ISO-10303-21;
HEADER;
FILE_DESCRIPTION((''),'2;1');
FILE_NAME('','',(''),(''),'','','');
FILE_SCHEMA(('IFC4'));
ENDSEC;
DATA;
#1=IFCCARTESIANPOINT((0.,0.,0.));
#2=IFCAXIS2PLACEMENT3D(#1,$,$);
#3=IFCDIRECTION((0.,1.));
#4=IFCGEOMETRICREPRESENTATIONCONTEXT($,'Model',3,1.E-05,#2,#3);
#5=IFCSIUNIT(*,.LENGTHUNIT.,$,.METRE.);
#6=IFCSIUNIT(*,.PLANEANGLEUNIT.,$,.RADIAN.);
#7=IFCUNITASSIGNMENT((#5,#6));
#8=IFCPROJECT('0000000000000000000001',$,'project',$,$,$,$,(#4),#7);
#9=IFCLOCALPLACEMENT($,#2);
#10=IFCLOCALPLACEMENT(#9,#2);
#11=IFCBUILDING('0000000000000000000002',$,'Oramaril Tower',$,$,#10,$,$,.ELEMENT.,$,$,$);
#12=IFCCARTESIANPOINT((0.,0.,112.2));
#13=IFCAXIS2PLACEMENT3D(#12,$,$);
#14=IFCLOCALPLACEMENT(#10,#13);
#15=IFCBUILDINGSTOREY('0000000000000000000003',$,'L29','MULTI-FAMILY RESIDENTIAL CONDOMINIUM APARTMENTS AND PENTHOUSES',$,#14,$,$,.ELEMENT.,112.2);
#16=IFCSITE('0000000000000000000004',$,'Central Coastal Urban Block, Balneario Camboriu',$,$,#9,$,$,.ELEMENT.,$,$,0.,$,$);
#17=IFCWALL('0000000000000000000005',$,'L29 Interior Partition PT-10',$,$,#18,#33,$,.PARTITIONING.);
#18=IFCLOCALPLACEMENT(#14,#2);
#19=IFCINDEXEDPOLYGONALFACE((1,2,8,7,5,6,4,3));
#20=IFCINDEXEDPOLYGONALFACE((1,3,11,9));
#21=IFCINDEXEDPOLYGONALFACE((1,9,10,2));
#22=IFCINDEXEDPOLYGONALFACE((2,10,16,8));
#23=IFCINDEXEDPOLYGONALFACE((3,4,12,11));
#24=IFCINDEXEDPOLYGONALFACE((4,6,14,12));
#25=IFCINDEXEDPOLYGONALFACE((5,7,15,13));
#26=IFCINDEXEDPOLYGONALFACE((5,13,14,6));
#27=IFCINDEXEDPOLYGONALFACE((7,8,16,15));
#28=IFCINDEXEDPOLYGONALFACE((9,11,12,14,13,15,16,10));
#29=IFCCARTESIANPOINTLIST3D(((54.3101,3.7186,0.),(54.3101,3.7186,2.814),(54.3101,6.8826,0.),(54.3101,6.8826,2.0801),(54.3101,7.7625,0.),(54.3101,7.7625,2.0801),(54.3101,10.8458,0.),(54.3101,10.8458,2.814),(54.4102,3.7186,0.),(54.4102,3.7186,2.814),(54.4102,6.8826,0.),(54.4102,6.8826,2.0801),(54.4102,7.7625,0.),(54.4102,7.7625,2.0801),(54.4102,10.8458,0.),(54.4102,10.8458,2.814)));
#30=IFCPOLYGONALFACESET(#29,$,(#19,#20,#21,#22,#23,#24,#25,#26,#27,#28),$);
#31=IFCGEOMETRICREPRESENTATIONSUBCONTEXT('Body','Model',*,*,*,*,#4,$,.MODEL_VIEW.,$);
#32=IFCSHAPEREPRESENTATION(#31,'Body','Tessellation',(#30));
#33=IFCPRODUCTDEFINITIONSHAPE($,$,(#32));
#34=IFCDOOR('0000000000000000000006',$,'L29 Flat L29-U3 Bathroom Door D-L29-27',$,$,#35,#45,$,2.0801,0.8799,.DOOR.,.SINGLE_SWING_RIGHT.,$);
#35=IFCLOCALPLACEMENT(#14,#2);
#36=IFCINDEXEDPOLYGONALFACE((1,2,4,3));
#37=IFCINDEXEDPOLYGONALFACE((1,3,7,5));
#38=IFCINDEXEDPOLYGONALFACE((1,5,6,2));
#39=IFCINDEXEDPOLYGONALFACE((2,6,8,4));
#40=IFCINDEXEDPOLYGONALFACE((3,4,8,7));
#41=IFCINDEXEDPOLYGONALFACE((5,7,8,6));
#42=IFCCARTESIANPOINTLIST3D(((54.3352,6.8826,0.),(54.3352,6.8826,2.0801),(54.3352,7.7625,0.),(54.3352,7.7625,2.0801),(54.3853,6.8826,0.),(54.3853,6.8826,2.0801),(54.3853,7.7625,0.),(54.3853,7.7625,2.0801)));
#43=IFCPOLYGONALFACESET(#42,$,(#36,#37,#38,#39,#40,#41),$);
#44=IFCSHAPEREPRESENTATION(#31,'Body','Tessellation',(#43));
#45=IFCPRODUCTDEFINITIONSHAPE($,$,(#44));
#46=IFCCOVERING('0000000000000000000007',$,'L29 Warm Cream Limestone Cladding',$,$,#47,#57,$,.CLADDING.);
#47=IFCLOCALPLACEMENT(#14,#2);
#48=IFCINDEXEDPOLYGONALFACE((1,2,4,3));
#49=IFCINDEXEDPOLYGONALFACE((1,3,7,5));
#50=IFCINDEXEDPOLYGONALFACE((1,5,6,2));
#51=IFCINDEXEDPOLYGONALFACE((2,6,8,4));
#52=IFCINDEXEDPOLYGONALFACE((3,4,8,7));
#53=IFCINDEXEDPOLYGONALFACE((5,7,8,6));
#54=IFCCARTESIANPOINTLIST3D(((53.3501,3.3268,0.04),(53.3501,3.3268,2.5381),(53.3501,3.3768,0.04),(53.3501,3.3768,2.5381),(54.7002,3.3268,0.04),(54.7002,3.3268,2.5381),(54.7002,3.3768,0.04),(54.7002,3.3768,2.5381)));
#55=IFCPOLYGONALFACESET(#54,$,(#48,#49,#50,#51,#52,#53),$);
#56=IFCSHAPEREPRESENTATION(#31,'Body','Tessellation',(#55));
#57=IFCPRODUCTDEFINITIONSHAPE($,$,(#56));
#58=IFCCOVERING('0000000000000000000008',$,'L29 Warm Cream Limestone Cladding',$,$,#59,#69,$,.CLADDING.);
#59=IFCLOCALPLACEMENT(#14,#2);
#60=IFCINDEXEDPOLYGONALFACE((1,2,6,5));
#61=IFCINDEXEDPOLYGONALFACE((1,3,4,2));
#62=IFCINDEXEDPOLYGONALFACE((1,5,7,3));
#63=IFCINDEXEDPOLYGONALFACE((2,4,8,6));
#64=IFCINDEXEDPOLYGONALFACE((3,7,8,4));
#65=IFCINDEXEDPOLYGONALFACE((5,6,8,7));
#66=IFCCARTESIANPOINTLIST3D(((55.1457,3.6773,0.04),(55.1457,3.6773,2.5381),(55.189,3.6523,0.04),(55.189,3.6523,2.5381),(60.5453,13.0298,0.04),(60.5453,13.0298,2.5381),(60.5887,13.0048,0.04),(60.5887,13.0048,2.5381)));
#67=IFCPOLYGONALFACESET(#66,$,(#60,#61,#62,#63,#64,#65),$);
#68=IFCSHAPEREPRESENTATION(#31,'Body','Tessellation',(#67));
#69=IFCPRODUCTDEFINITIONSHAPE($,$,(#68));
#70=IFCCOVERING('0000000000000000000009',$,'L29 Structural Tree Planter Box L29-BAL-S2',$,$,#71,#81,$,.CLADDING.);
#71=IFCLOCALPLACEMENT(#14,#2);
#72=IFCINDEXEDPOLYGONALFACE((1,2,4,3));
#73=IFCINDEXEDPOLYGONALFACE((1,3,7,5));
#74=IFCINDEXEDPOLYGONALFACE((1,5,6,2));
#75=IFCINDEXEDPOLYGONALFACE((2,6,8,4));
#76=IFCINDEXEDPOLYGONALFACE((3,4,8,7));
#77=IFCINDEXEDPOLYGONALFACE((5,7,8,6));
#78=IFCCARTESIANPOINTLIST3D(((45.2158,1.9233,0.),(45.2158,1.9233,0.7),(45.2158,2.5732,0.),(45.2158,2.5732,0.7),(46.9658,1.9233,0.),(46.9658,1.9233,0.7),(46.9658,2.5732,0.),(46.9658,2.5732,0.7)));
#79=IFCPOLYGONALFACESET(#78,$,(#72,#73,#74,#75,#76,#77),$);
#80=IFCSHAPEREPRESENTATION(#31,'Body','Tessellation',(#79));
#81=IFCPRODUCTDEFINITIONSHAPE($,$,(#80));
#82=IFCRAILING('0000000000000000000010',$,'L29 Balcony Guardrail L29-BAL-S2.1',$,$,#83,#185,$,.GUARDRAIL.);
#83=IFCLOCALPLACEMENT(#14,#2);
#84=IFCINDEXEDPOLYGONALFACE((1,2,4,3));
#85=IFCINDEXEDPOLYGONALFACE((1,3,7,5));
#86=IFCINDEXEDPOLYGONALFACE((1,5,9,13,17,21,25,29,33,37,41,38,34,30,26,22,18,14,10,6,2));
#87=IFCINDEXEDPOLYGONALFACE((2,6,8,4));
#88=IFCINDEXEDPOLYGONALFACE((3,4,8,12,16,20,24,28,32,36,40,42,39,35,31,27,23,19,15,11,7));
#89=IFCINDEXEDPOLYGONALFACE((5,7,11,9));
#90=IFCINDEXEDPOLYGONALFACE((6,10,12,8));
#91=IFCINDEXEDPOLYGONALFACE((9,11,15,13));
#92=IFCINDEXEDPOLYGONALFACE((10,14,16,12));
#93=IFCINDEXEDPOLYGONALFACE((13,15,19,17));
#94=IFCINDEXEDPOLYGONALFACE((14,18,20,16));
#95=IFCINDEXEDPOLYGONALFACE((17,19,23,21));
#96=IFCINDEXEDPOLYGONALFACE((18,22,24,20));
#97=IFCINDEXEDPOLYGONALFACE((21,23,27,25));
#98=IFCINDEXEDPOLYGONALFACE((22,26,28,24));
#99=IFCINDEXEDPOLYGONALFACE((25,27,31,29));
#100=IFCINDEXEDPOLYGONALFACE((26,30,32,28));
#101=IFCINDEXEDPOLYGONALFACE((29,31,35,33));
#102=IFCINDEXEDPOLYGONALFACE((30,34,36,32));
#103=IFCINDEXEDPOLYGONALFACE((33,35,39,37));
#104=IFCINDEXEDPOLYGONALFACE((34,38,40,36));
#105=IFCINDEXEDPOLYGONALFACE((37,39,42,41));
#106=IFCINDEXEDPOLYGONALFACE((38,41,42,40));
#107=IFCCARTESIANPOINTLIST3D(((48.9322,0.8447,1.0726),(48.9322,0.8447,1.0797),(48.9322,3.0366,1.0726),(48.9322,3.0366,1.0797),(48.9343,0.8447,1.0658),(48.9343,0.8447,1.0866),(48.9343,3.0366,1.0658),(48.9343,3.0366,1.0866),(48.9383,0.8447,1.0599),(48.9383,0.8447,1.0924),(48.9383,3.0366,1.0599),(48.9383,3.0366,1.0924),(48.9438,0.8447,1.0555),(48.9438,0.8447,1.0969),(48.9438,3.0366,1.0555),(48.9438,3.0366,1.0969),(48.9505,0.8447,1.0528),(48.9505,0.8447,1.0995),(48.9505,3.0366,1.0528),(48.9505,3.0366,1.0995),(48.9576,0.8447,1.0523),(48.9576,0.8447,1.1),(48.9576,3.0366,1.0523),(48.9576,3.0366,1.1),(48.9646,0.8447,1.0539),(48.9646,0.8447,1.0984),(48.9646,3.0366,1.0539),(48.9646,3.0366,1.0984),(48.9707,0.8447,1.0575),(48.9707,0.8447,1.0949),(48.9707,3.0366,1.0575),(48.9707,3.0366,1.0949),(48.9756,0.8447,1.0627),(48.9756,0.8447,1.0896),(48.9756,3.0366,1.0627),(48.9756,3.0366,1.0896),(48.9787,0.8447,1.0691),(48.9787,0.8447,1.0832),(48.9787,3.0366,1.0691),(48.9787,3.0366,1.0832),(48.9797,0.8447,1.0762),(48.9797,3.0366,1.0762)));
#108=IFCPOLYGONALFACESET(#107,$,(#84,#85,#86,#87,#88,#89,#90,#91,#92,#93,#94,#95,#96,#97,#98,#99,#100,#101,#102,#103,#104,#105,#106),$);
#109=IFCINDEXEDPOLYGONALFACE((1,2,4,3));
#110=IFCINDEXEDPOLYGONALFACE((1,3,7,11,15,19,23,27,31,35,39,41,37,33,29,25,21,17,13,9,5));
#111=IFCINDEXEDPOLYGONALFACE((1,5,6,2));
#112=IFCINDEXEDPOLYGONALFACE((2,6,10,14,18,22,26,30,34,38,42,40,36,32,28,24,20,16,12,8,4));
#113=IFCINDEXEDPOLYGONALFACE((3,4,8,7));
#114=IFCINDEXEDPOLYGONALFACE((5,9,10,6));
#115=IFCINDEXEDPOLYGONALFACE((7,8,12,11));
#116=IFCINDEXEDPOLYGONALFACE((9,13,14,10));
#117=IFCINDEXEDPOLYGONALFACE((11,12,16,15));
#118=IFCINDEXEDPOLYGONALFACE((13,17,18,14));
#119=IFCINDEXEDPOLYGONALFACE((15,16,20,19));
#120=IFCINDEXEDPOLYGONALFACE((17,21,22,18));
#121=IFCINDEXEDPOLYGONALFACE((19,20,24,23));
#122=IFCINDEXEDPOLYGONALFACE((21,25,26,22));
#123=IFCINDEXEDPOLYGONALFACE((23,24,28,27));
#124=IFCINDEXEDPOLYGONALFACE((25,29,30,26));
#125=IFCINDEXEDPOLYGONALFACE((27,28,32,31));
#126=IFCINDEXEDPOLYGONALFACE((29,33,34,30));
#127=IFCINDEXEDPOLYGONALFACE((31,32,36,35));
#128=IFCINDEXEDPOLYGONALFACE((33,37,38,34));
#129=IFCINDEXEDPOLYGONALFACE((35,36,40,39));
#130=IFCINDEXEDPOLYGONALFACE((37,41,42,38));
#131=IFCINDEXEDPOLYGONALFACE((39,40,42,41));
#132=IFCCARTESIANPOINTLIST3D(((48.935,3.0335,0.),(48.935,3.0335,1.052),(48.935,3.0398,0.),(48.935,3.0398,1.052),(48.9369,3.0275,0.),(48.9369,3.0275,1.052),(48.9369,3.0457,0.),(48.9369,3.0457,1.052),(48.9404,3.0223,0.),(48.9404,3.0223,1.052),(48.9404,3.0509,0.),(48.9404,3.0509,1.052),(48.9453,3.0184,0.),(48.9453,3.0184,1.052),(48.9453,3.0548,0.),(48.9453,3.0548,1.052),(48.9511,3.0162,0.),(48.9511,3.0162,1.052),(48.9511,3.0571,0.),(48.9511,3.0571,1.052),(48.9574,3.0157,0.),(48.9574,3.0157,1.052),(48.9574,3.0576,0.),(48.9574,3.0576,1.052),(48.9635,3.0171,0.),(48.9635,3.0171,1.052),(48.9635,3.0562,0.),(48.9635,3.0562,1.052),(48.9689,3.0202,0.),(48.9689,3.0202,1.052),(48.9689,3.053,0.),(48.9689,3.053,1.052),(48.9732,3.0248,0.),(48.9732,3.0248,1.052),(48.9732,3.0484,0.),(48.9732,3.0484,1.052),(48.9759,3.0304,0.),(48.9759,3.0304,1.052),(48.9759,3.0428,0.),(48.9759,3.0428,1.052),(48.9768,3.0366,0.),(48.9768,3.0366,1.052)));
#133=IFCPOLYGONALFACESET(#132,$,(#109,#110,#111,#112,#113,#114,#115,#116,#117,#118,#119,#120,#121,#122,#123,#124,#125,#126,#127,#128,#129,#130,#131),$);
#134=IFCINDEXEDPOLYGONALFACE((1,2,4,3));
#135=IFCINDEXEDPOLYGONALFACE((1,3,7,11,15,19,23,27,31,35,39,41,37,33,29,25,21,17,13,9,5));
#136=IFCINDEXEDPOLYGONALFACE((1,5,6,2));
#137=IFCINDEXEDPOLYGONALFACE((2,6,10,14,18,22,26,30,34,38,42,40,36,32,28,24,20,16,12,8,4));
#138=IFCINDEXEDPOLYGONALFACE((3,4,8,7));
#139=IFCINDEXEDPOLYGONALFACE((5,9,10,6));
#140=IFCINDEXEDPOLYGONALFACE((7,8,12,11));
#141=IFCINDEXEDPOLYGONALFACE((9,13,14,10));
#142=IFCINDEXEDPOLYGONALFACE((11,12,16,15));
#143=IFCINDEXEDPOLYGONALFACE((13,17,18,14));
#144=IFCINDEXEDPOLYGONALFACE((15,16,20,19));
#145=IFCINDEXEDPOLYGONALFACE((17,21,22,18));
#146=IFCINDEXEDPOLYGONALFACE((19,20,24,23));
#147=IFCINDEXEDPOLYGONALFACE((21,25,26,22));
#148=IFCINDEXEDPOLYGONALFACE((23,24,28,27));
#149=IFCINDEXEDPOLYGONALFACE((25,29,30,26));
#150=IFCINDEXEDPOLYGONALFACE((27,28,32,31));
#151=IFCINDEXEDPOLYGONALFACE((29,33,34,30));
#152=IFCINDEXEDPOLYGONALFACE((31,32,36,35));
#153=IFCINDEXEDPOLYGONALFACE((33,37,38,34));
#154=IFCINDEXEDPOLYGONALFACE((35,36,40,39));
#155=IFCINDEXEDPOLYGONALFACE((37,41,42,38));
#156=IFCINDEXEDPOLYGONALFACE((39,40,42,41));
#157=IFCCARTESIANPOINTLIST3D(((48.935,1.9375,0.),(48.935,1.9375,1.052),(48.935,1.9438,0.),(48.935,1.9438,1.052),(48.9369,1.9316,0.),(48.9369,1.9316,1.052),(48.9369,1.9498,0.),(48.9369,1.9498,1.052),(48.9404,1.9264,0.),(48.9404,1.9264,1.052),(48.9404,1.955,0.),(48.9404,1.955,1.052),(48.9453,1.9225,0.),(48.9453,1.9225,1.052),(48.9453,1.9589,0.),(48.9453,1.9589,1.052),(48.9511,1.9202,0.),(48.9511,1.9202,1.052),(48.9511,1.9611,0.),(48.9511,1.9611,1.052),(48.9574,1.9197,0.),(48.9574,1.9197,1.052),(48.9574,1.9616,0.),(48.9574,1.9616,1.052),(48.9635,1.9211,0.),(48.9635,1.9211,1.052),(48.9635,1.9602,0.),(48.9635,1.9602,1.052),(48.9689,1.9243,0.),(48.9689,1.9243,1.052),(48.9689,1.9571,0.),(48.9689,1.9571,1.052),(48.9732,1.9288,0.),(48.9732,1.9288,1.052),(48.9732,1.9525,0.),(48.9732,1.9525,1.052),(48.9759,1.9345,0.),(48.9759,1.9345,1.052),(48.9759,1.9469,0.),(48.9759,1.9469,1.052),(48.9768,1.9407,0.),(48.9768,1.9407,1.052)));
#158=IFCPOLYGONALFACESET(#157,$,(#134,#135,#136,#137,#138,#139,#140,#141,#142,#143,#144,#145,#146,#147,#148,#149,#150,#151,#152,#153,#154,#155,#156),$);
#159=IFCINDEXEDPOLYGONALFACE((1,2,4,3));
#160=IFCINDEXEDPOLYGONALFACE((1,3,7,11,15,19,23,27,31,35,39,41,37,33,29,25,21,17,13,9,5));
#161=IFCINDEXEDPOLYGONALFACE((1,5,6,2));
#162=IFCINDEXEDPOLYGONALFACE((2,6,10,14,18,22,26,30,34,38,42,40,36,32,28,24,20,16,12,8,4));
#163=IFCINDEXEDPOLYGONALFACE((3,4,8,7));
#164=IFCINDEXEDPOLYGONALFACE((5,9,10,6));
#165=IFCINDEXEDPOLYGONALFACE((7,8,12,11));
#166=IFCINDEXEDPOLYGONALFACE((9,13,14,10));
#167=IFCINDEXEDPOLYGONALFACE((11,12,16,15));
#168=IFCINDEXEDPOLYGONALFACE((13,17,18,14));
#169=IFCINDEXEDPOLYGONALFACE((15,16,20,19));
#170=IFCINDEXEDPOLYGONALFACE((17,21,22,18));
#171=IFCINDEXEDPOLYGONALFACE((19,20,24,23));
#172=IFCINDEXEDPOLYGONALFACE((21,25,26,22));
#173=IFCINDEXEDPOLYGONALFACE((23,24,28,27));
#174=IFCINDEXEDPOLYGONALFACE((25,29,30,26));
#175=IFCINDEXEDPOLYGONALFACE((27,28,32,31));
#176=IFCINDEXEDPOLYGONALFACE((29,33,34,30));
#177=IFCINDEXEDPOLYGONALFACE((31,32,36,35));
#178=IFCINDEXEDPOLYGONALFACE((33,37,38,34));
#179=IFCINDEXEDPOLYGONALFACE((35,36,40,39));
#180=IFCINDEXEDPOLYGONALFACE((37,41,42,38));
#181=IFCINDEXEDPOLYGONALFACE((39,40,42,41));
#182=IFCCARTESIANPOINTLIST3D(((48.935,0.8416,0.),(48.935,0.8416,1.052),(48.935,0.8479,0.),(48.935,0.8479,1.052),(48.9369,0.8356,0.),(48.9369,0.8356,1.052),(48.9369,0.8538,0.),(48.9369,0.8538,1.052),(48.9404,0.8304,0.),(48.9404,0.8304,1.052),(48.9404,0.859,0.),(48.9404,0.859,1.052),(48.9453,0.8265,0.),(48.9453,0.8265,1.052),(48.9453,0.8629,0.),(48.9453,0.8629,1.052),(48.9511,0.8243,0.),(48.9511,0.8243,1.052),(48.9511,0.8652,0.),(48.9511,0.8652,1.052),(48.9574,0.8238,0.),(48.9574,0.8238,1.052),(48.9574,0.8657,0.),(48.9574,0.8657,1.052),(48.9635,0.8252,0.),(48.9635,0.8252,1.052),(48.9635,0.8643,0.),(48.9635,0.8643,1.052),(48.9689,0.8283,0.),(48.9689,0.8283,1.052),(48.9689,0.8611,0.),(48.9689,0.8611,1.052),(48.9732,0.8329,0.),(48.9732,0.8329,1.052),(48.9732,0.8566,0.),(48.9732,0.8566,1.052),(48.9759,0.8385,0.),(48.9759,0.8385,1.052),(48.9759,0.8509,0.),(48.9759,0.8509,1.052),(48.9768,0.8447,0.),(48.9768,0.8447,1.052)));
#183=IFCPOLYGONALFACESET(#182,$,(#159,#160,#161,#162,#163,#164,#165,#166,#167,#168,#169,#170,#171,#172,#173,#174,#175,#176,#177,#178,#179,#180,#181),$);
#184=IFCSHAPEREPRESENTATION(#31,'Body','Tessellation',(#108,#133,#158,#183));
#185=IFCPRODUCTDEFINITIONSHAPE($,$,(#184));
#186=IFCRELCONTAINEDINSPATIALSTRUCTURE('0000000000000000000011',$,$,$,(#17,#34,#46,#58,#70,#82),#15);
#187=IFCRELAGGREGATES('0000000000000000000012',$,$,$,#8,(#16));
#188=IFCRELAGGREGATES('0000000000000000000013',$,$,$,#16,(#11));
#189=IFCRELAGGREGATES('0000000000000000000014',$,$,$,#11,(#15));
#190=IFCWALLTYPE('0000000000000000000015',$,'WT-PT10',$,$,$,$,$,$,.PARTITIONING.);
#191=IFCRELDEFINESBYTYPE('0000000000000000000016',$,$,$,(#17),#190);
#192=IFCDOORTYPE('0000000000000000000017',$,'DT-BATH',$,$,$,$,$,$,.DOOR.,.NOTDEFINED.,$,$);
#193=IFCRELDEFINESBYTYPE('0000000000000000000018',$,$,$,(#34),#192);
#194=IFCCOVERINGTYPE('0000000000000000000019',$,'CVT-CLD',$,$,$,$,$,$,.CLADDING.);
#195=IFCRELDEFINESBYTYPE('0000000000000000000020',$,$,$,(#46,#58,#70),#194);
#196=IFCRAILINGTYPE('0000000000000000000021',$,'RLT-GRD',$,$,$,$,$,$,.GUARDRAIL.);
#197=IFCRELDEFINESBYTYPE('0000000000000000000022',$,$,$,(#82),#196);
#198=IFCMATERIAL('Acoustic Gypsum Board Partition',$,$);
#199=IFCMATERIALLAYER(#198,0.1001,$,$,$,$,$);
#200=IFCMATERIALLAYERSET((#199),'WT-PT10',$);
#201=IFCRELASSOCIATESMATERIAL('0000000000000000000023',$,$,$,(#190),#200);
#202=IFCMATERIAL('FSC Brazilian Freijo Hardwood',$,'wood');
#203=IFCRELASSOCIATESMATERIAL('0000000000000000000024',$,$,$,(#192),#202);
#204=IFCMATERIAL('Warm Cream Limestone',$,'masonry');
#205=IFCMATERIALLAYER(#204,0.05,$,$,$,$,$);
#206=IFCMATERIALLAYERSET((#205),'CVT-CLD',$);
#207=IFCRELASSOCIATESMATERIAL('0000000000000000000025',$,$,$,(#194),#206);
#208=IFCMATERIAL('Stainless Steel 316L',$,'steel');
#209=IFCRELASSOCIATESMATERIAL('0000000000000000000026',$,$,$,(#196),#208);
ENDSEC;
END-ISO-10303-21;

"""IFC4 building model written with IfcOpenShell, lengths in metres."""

from ifc_helpers import new_model, si_unit, direction, frame, frame_2d, origin, origin_2d, place, context, subcontext, project, spatial, rectangle, circle, extrude, material, layer, layer_set, type_object, element, fill, save


model = new_model("IFC4")

# Units and contexts
model_context = context("Model", 3, precision=1e-05, world=origin(), true_north=direction((0.0, 1.0)))
body_context = subcontext(model_context, "Body", "Model", "MODEL_VIEW")
ifc_project = project(units=[si_unit("LENGTHUNIT", "METRE"), si_unit("PLANEANGLEUNIT", "RADIAN")], contexts=[model_context])

# Site, building, storey
site_placement = place(None, origin())
site = spatial("IfcSite", under=ifc_project, at=site_placement, Name="Central Coastal Urban Block, Balneario Camboriu", CompositionType="ELEMENT", RefElevation=0.0)
building_placement = place(site_placement, origin())
building = spatial("IfcBuilding", under=site, at=building_placement, Name="Oramaril Tower", CompositionType="ELEMENT")
storey_placement = place(building_placement, frame((0.0, 0.0, 112.2)))
storey = spatial("IfcBuildingStorey", under=building, at=storey_placement, Name="L29", Description="MULTI-FAMILY RESIDENTIAL CONDOMINIUM APARTMENTS AND PENTHOUSES", CompositionType="ELEMENT", Elevation=112.2)

# Wall, opening, door
ifc_material_1 = material(Name="Acoustic Gypsum Board Partition")
ifc_layer_1 = layer(ifc_material_1, 0.1001)
ifc_layer_set_1 = layer_set([ifc_layer_1], Name="WT-PT10")
wall_type_1 = type_object("IfcWallType", Name="WT-PT10", PredefinedType="PARTITIONING", material=ifc_layer_set_1)
wall_1_placement = place(storey_placement, frame((54.3601, 3.7188, 0.0), z_axis=(0.0, 0.0, 1.0), x_axis=(0.0, 1.0, 0.0)))
wall_1 = element("IfcWall", 1, at=wall_1_placement, inside=storey, type_object=wall_type_1, Name="L29 Interior Partition PT-10", PredefinedType="PARTITIONING", context=body_context, shape_type="SweptSolid", body=[
    extrude(rectangle(XDim=7.1272, YDim=0.1001, at=frame_2d((3.5635, 0.0))), origin(), (0.0, 0.0, 1.0), 2.814),
])
opening_placement = place(wall_1_placement, frame((3.1638, 0.0, 0.0)))
opening = element("IfcOpeningElement", 2, at=opening_placement, cuts=wall_1, PredefinedType="OPENING", context=body_context, shape_type="SweptSolid", body=[
    extrude(rectangle(XDim=0.8799, YDim=2.0801, at=frame_2d((0.4399, 1.04))), frame((0.0, 0.05, 0.0), z_axis=(0.0, -1.0, 0.0), x_axis=(1.0, 0.0, 0.0)), (0.0, 0.0, 1.0), 0.1001),
])
ifc_material_2 = material(Name="FSC Brazilian Freijo Hardwood", Category="wood")
door_type = type_object("IfcDoorType", Name="DT-BATH", OperationType="NOTDEFINED", PredefinedType="DOOR", material=ifc_material_2)
door_placement = place(opening_placement, origin())
door = element("IfcDoor", 3, at=door_placement, inside=storey, type_object=door_type, Name="L29 Flat L29-U3 Bathroom Door D-L29-27", OperationType="SINGLE_SWING_RIGHT", OverallHeight=2.0801, OverallWidth=0.8799, PredefinedType="DOOR", context=body_context, shape_type="SweptSolid", body=[
    extrude(rectangle(XDim=0.8799, YDim=2.0801, at=frame_2d((0.4399, 1.04))), frame((0.0, 0.0249, 0.0), z_axis=(0.0, -1.0, 0.0), x_axis=(1.0, 0.0, 0.0)), (0.0, 0.0, 1.0), 0.05),
])
fill(opening, door)

# Coverings
ifc_material_3 = material(Name="Warm Cream Limestone", Category="masonry")
ifc_layer_2 = layer(ifc_material_3, 0.05)
ifc_layer_set_2 = layer_set([ifc_layer_2], Name="CVT-CLD")
covering_type = type_object("IfcCoveringType", Name="CVT-CLD", PredefinedType="CLADDING", material=ifc_layer_set_2)
covering_1_placement = place(storey_placement, frame((54.0251, 3.3518, 0.04), z_axis=(0.0, 0.0, 1.0), x_axis=(1.0, 0.0, 0.0)))
element("IfcCovering", 4, at=covering_1_placement, inside=storey, type_object=covering_type, Name="L29 Warm Cream Limestone Cladding", PredefinedType="CLADDING", context=body_context, shape_type="SweptSolid", body=[
    extrude(rectangle(XDim=1.3501, YDim=0.05, at=origin_2d()), origin(), (0.0, 0.0, 1.0), 2.498),
])
covering_2_placement = place(storey_placement, frame((57.8672, 8.3411, 0.04), z_axis=(0.0, 0.0, 1.0), x_axis=(0.499998, 0.866026, 0.0)))
element("IfcCovering", 5, at=covering_2_placement, inside=storey, type_object=covering_type, Name="L29 Warm Cream Limestone Cladding", PredefinedType="CLADDING", context=body_context, shape_type="SweptSolid", body=[
    extrude(rectangle(XDim=10.7993, YDim=0.05, at=origin_2d()), origin(), (0.0, 0.0, 1.0), 2.498),
])
covering_3_placement = place(storey_placement, frame((46.0908, 2.2483, 0.0), z_axis=(0.0, 0.0, 1.0), x_axis=(1.0, 0.0, 0.0)))
element("IfcCovering", 6, at=covering_3_placement, inside=storey, type_object=covering_type, Name="L29 Structural Tree Planter Box L29-BAL-S2", PredefinedType="CLADDING", context=body_context, shape_type="SweptSolid", body=[
    extrude(rectangle(XDim=1.75, YDim=0.6499, at=origin_2d()), origin(), (0.0, 0.0, 1.0), 0.7),
])

# Railing
ifc_material_4 = material(Name="Stainless Steel 316L", Category="steel")
railing_type = type_object("IfcRailingType", Name="RLT-GRD", PredefinedType="GUARDRAIL", material=ifc_material_4)
railing_1_placement = place(storey_placement, frame((48.9558, 3.0366, 0.0)))
element("IfcRailing", 7, at=railing_1_placement, inside=storey, type_object=railing_type, Name="L29 Balcony Guardrail L29-BAL-S2.1", PredefinedType="GUARDRAIL", context=body_context, shape_type="SweptSolid", body=[
    extrude(circle(Radius=0.0239, at=origin_2d()), frame((0.0, 0.0, 1.0762), z_axis=(0.0, -1.0, 0.0), x_axis=(1.0, 0.0, 0.0)), (0.0, 0.0, 1.0), 2.1919),
    extrude(circle(Radius=0.021, at=origin_2d()), origin(), (0.0, 0.0, 1.0), 1.052),
    extrude(circle(Radius=0.021, at=origin_2d()), frame((0.0, -1.0959, 0.0)), (0.0, 0.0, 1.0), 1.052),
    extrude(circle(Radius=0.021, at=origin_2d()), frame((0.0, -2.1919, 0.0)), (0.0, 0.0, 1.0), 1.052),
])

save(model, "model.ifc")
